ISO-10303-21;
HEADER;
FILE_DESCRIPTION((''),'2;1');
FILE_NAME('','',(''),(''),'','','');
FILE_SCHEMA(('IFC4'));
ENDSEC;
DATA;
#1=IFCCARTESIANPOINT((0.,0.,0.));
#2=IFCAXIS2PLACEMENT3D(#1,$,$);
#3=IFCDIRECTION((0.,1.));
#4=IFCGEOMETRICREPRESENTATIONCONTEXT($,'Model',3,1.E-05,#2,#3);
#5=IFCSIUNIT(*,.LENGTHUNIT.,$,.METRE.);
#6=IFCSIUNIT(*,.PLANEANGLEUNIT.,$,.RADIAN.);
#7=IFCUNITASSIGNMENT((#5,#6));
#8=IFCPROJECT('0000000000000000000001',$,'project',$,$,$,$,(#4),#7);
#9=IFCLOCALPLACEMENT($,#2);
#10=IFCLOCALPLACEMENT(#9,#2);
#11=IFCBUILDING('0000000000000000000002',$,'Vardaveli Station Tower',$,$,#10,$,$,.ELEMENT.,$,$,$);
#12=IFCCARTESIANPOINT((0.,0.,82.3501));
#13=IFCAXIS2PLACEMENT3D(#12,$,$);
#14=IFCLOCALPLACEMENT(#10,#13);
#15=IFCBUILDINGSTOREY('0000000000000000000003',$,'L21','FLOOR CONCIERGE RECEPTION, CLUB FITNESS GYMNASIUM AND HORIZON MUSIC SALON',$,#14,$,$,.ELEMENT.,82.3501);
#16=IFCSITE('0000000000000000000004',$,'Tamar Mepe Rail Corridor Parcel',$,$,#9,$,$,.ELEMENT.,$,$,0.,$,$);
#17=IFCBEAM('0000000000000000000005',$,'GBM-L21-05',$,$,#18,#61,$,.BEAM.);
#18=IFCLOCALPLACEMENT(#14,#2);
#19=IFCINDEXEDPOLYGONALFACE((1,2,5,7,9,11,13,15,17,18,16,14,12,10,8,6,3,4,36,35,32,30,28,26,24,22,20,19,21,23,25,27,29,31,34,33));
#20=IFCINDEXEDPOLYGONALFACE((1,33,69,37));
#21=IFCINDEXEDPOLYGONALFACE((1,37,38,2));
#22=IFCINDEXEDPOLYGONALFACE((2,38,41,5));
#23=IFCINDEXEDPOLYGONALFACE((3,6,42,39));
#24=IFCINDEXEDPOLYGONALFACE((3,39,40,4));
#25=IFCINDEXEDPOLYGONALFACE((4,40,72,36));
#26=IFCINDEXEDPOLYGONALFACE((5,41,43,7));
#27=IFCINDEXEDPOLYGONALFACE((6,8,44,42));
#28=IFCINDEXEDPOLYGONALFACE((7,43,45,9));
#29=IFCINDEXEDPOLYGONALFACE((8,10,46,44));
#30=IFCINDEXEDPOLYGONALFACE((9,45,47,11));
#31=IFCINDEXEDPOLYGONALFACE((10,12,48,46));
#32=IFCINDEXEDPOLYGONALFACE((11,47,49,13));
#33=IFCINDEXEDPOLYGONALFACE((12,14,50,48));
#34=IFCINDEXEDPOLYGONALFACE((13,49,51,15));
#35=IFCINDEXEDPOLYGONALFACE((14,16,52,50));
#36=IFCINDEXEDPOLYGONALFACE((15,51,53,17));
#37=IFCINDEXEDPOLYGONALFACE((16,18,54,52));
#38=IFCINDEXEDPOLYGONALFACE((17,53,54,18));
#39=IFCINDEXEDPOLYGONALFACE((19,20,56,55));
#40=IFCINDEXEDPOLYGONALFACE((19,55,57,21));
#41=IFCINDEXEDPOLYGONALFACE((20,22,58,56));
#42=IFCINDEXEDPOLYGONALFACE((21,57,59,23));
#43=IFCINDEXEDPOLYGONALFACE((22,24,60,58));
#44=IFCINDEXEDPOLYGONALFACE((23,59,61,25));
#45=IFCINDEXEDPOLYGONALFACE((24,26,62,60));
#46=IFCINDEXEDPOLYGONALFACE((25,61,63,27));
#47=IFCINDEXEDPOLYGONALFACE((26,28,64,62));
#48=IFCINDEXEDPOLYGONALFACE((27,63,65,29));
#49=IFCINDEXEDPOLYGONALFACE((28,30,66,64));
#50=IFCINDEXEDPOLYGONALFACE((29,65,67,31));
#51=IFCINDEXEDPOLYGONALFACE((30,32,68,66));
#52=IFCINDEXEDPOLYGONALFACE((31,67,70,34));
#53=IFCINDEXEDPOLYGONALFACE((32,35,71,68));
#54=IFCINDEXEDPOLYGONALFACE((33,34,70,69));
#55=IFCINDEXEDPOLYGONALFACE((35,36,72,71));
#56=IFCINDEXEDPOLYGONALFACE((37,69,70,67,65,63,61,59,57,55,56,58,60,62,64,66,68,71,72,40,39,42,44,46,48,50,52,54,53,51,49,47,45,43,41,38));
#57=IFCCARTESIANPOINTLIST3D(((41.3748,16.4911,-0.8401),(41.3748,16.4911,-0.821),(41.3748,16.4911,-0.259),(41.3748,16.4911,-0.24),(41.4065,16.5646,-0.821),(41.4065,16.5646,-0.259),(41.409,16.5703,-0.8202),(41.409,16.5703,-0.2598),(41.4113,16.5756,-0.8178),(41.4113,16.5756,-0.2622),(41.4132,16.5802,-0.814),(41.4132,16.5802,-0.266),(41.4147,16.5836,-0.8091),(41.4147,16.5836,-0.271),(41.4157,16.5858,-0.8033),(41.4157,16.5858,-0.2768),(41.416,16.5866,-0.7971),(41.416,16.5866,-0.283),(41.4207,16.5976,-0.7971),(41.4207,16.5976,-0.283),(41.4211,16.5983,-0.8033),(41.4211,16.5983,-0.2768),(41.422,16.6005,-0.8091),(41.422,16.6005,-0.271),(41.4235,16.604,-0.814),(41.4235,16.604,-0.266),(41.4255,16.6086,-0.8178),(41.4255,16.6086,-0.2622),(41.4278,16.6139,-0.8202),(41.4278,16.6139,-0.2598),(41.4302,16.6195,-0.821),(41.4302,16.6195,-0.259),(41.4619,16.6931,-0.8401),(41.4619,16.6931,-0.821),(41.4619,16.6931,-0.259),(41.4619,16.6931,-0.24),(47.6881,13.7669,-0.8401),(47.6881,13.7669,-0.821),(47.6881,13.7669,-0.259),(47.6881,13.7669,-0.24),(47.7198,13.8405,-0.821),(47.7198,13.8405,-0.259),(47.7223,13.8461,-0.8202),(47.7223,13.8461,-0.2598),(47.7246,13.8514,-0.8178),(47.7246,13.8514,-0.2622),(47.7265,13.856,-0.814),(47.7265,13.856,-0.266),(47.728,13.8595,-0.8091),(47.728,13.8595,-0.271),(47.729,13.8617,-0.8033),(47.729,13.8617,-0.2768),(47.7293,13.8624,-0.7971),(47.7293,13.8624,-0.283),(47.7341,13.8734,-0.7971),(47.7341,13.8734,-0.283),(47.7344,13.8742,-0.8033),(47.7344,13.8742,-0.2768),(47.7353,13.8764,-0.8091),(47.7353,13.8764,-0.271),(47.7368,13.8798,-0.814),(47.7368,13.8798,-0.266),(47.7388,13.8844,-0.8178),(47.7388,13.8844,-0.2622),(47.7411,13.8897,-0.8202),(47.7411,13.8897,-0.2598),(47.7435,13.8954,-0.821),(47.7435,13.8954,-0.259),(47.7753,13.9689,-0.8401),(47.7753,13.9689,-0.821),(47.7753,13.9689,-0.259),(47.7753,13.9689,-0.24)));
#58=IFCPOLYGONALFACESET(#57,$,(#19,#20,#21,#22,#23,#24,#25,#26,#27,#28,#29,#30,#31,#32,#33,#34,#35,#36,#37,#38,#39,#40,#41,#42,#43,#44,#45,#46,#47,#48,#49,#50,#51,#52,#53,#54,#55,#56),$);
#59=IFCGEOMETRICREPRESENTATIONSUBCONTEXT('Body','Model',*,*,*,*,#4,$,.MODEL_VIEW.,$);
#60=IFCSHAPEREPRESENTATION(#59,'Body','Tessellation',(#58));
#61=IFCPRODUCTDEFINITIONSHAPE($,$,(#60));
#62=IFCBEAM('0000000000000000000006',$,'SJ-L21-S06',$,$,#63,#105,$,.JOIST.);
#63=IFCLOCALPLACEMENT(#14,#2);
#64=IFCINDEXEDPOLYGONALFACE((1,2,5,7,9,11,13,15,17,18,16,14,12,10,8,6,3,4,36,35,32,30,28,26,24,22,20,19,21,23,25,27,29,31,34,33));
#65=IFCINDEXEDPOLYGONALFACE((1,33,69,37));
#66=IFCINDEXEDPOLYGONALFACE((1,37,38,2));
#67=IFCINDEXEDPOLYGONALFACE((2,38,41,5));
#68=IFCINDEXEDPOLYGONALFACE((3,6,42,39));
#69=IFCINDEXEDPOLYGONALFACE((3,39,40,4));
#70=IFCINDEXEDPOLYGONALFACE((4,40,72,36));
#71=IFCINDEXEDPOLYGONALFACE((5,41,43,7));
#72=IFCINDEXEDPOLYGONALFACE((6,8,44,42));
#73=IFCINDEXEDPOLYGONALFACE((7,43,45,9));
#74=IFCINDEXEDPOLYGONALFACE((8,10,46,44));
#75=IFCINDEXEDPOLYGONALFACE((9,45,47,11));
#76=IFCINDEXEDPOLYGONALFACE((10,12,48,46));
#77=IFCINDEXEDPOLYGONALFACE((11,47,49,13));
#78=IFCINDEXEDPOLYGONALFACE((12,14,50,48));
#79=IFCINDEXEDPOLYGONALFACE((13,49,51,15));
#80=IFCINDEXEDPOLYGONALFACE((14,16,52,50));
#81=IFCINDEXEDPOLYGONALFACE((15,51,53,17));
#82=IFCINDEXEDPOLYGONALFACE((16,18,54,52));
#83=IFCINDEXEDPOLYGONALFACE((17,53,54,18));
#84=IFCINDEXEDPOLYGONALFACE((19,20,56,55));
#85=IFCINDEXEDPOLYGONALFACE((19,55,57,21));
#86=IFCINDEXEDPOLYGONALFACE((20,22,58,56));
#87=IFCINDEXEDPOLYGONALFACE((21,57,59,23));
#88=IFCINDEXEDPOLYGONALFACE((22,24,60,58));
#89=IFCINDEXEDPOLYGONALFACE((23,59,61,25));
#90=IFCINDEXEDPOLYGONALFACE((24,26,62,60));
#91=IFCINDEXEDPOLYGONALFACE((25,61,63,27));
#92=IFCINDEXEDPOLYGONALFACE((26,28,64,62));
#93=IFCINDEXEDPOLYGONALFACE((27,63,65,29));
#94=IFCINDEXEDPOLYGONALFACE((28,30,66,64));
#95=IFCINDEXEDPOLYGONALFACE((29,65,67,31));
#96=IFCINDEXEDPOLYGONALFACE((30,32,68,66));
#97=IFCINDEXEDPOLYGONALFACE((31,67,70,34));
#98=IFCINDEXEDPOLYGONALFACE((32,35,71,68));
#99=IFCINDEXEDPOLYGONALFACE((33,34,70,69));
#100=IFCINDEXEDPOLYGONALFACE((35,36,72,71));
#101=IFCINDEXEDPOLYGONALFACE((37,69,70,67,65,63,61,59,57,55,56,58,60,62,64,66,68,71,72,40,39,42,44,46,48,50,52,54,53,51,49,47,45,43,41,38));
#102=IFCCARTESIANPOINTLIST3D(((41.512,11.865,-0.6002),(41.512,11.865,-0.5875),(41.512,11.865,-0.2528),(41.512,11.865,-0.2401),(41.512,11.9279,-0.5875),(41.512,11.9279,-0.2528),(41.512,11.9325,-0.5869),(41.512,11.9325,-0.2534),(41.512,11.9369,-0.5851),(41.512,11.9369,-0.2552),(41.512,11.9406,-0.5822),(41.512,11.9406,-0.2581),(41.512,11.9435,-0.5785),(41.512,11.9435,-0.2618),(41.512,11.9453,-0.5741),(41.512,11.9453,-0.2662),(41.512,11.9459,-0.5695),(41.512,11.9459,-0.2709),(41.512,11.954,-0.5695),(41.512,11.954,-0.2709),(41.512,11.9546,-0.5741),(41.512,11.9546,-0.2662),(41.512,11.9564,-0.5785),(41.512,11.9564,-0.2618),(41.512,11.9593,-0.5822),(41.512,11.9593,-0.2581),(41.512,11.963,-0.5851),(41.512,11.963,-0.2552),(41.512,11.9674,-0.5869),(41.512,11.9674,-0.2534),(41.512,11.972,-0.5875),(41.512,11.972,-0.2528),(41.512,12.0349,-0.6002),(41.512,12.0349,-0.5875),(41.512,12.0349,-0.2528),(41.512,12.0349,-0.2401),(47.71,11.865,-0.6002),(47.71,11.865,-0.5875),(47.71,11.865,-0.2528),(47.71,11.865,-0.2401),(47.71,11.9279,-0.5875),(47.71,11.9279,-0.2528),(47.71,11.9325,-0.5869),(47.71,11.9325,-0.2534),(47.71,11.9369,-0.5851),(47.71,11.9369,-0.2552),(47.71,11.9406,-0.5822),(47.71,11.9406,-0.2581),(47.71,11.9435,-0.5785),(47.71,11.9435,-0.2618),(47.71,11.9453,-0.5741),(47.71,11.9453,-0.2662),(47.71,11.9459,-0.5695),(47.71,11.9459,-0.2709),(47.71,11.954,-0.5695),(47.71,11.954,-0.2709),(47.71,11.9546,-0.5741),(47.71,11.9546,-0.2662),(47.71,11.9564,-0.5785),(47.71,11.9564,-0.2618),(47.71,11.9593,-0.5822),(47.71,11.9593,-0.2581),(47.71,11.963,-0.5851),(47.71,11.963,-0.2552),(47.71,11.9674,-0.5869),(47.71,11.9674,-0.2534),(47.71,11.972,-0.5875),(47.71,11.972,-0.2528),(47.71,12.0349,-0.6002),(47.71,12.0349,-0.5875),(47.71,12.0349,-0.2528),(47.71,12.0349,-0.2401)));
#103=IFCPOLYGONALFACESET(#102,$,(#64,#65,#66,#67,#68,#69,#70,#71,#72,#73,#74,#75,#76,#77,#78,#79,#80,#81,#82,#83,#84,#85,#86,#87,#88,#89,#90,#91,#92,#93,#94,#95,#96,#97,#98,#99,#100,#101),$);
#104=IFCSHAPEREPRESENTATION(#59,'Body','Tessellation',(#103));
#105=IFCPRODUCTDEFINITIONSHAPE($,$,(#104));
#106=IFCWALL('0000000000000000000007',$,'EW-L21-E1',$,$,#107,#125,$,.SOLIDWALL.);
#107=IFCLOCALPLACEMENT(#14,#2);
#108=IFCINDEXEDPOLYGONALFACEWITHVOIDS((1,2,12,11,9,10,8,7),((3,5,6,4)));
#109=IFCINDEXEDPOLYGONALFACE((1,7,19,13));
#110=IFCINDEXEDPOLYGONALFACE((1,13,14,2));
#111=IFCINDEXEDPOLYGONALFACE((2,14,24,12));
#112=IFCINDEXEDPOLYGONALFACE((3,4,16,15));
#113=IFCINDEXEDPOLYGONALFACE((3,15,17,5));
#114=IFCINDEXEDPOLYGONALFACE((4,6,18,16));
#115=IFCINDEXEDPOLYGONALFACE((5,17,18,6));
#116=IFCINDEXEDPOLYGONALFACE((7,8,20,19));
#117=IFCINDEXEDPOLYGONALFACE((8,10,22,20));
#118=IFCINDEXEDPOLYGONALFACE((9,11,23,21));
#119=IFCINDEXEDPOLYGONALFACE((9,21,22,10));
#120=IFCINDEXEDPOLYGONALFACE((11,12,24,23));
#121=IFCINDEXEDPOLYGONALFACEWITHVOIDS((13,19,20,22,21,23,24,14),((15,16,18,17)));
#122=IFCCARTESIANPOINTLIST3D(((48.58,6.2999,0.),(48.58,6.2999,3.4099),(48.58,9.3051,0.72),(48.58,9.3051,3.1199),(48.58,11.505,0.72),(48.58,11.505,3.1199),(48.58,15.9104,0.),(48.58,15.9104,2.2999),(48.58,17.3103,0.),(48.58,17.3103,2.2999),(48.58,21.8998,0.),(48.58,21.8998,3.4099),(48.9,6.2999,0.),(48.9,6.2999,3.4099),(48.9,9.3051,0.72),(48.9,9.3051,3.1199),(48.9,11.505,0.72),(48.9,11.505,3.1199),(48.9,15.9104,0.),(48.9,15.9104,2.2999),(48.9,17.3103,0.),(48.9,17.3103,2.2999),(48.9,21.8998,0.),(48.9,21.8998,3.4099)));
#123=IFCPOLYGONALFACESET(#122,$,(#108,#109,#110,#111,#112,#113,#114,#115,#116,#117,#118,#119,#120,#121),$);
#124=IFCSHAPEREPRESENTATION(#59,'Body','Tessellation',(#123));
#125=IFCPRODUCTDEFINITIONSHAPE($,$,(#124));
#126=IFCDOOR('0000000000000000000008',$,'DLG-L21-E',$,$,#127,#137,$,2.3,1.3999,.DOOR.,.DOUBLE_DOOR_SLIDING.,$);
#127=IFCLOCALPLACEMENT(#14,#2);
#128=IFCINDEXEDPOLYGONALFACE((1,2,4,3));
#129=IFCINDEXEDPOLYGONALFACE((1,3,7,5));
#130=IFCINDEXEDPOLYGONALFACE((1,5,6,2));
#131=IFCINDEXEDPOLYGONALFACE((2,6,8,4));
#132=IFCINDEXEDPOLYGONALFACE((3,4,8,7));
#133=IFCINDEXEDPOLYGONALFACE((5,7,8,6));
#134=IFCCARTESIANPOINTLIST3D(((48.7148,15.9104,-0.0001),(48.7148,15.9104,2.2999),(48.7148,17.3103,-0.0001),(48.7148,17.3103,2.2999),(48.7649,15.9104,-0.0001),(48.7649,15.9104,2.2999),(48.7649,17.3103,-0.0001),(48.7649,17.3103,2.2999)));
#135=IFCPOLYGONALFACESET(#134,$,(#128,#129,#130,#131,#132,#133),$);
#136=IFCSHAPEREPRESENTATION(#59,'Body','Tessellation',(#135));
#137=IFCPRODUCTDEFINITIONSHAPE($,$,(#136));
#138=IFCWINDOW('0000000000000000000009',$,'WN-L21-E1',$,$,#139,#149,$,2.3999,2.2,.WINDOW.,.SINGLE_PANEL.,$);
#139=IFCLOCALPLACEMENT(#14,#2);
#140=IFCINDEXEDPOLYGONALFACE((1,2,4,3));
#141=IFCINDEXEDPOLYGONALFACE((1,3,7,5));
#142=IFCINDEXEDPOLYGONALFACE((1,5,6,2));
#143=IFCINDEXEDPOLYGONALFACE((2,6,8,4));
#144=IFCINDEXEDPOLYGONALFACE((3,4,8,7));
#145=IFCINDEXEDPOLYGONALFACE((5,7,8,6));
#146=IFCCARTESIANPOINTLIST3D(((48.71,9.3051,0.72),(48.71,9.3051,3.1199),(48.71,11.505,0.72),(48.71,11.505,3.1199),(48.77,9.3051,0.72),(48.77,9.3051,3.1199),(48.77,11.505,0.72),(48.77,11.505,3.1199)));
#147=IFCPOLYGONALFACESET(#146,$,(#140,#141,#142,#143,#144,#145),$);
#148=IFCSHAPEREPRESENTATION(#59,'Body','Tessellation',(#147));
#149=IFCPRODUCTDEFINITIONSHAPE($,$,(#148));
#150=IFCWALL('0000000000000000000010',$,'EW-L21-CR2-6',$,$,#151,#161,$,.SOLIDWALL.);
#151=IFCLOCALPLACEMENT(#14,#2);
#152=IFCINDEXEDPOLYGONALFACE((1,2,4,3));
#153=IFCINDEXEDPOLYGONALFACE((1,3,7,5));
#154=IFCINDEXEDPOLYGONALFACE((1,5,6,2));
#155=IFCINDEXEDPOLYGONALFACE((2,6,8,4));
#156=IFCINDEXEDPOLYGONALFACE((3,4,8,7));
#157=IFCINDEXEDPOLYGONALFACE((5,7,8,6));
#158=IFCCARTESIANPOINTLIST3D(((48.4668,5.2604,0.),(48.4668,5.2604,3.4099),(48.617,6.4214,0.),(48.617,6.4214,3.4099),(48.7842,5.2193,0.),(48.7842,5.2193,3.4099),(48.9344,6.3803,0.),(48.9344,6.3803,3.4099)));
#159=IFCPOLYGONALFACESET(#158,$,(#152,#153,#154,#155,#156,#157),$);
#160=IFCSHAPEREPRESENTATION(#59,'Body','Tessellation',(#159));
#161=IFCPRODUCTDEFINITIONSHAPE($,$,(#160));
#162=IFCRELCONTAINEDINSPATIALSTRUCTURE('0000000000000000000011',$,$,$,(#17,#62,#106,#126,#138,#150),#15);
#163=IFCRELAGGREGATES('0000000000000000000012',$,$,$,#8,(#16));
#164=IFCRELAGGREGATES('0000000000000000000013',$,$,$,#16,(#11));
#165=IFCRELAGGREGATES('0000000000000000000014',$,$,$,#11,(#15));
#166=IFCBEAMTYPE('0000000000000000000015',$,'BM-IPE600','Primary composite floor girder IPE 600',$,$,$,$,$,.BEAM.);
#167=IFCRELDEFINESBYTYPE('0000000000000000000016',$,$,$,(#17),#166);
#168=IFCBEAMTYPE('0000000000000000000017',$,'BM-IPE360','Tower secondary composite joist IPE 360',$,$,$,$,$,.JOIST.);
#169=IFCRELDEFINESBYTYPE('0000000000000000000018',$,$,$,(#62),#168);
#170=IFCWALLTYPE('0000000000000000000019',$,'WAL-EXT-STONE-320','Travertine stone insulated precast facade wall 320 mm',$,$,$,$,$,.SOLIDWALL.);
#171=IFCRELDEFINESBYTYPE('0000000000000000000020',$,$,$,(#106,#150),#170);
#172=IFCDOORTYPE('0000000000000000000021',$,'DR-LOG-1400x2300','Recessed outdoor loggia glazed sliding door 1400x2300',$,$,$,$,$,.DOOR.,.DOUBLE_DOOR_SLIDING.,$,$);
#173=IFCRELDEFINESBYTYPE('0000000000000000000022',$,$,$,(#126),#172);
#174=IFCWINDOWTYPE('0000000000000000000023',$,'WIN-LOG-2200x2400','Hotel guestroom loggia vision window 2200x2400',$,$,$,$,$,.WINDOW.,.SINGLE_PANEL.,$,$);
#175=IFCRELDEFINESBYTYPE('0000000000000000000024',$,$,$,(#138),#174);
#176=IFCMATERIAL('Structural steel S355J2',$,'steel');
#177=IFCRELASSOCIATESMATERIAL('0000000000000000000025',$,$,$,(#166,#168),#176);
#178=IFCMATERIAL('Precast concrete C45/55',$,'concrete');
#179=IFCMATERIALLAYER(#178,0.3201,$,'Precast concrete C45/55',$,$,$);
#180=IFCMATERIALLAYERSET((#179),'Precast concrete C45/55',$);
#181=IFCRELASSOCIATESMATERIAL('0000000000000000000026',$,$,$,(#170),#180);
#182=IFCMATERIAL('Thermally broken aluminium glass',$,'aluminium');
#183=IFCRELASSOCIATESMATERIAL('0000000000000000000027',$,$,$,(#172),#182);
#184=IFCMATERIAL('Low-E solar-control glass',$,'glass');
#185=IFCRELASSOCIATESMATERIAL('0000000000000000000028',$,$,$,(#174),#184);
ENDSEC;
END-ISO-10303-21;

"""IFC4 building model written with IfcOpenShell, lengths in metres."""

from ifc_helpers import new_model, si_unit, direction, frame, frame_2d, origin, origin_2d, place, context, subcontext, project, spatial, rectangle, i_section, extrude, source, transform, mapped, material, layer, layer_set, material_profile, profile_set, type_object, element, fill, save


model = new_model("IFC4")

# Units and contexts
model_context = context("Model", 3, precision=1e-05, world=origin(), true_north=direction((0.0, 1.0)))
body_context = subcontext(model_context, "Body", "Model", "MODEL_VIEW")
ifc_project = project(units=[si_unit("LENGTHUNIT", "METRE"), si_unit("PLANEANGLEUNIT", "RADIAN")], contexts=[model_context])

# Site, building, storey
site_placement = place(None, origin())
site = spatial("IfcSite", under=ifc_project, at=site_placement, Name="Tamar Mepe Rail Corridor Parcel", CompositionType="ELEMENT", RefElevation=0.0)
building_placement = place(site_placement, origin())
building = spatial("IfcBuilding", under=site, at=building_placement, Name="Vardaveli Station Tower", CompositionType="ELEMENT")
storey_placement = place(building_placement, frame((0.0, 0.0, 82.3501)))
storey = spatial("IfcBuildingStorey", under=building, at=storey_placement, Name="L21", Description="FLOOR CONCIERGE RECEPTION, CLUB FITNESS GYMNASIUM AND HORIZON MUSIC SALON", CompositionType="ELEMENT", Elevation=82.3501)

# Beams
ifc_material_1 = material(Name="Precast concrete C45/55", Category="concrete")
ifc_material_2 = material(Name="Structural steel S355J2", Category="steel")
ifc_material_profile_1 = material_profile(ifc_material_2, i_section(OverallWidth=0.22, OverallDepth=0.6001, WebThickness=0.012, FlangeThickness=0.019, FilletRadius=0.0239, at=origin_2d()), Name="IPE 600")
ifc_profile_set_1 = profile_set([ifc_material_profile_1], Name="Structural steel S355J2")
beam_type_1 = type_object("IfcBeamType", Name="BM-IPE600", Description="Primary composite floor girder IPE 600", PredefinedType="BEAM", material=ifc_profile_set_1)
shared_shape_1 = source(origin(), body_context, "Body", "SweptSolid", [
    extrude(i_section(OverallWidth=0.22, OverallDepth=0.6001, WebThickness=0.012, FlangeThickness=0.019, FilletRadius=0.0239, at=origin_2d()), origin(), (0.0, 0.0, 1.0), 6.876),
])
beam_1_placement = place(storey_placement, frame((47.7317, 13.8679, -0.54), z_axis=(-0.918171, 0.396185, 0.0), x_axis=(-0.396185, -0.918171, 0.0)))
element("IfcBeam", 1, at=beam_1_placement, inside=storey, type_object=beam_type_1, Name="GBM-L21-05", PredefinedType="BEAM", context=body_context, shape_type="MappedRepresentation", body=[
    mapped(shared_shape_1, transform((0.0, 0.0, 0.0), scale=1.0)),
])
ifc_material_profile_2 = material_profile(ifc_material_2, i_section(OverallWidth=0.1699, OverallDepth=0.3601, WebThickness=0.0081, FlangeThickness=0.0127, FilletRadius=0.0181, at=origin_2d()), Name="IPE 360")
ifc_profile_set_2 = profile_set([ifc_material_profile_2], Name="Structural steel S355J2")
beam_type_2 = type_object("IfcBeamType", Name="BM-IPE360", Description="Tower secondary composite joist IPE 360", PredefinedType="JOIST", material=ifc_profile_set_2)
shared_shape_2 = source(origin(), body_context, "Body", "SweptSolid", [
    extrude(i_section(OverallWidth=0.1699, OverallDepth=0.3601, WebThickness=0.0081, FlangeThickness=0.0127, FilletRadius=0.0181, at=origin_2d()), origin(), (0.0, 0.0, 1.0), 6.198),
])
beam_2_placement = place(storey_placement, frame((41.512, 11.95, -0.4202), z_axis=(1.0, 0.0, 0.0), x_axis=(0.0, 1.0, 0.0)))
element("IfcBeam", 2, at=beam_2_placement, inside=storey, type_object=beam_type_2, Name="SJ-L21-S06", PredefinedType="JOIST", context=body_context, shape_type="MappedRepresentation", body=[
    mapped(shared_shape_2, transform((0.0, 0.0, 0.0), scale=1.0)),
])

# Wall, openings, door, window
ifc_layer_1 = layer(ifc_material_1, 0.3201, Name="Precast concrete C45/55")
ifc_layer_set_1 = layer_set([ifc_layer_1], Name="Precast concrete C45/55")
wall_type_1 = type_object("IfcWallType", Name="WAL-EXT-STONE-320", Description="Travertine stone insulated precast facade wall 320 mm", PredefinedType="SOLIDWALL", material=ifc_layer_set_1)
shared_shape_3 = source(origin(), body_context, "Body", "SweptSolid", [
    extrude(rectangle(XDim=15.5999, YDim=0.3201, at=frame_2d((7.7998, 0.0))), origin(), (0.0, 0.0, 1.0), 3.4099),
])
wall_1_placement = place(storey_placement, frame((48.74, 6.3, 0.0), z_axis=(0.0, 0.0, 1.0), x_axis=(0.0, 1.0, 0.0)))
wall_1 = element("IfcWall", 3, at=wall_1_placement, inside=storey, type_object=wall_type_1, Name="EW-L21-E1", PredefinedType="SOLIDWALL", context=body_context, shape_type="MappedRepresentation", body=[
    mapped(shared_shape_3, transform((0.0, 0.0, 0.0), scale=1.0)),
])
shared_shape_4 = source(origin(), body_context, "Body", "SweptSolid", [
    extrude(rectangle(XDim=1.3999, YDim=2.3, at=frame_2d((0.7, 1.1499))), frame((0.0, 0.1699, 0.0), z_axis=(0.0, -1.0, 0.0), x_axis=(1.0, 0.0, 0.0)), (0.0, 0.0, 1.0), 0.3401),
])
opening_1_placement = place(wall_1_placement, frame((9.6104, 0.0, 0.0)))
opening_1 = element("IfcOpeningElement", 4, at=opening_1_placement, cuts=wall_1, PredefinedType="OPENING", context=body_context, shape_type="MappedRepresentation", body=[
    mapped(shared_shape_4, transform((0.0, 0.0, 0.0), scale=1.0)),
])
shared_shape_5 = source(origin(), body_context, "Body", "SweptSolid", [
    extrude(rectangle(XDim=2.2, YDim=2.3999, at=frame_2d((1.1001, 1.2))), frame((0.0, 0.1699, 0.0), z_axis=(0.0, -1.0, 0.0), x_axis=(1.0, 0.0, 0.0)), (0.0, 0.0, 1.0), 0.3401),
])
opening_2_placement = place(wall_1_placement, frame((3.0049, 0.0, 0.72)))
opening_2 = element("IfcOpeningElement", 5, at=opening_2_placement, cuts=wall_1, PredefinedType="OPENING", context=body_context, shape_type="MappedRepresentation", body=[
    mapped(shared_shape_5, transform((0.0, 0.0, 0.0), scale=1.0)),
])
ifc_material_3 = material(Name="Thermally broken aluminium glass", Category="aluminium")
door_type_1 = type_object("IfcDoorType", Name="DR-LOG-1400x2300", Description="Recessed outdoor loggia glazed sliding door 1400x2300", OperationType="DOUBLE_DOOR_SLIDING", PredefinedType="DOOR", material=ifc_material_3)
shared_shape_6 = source(origin(), body_context, "Body", "SweptSolid", [
    extrude(rectangle(XDim=1.3999, YDim=2.3, at=frame_2d((0.7, 1.1499))), frame((0.0, 0.0249, 0.0), z_axis=(0.0, -1.0, 0.0), x_axis=(1.0, 0.0, 0.0)), (0.0, 0.0, 1.0), 0.05),
])
door_1_placement = place(opening_1_placement, frame((1.3999, 0.0, 0.0), z_axis=(0.0, 0.0, 1.0), x_axis=(-1.0, 0.0, 0.0)))
door_1 = element("IfcDoor", 6, at=door_1_placement, inside=storey, type_object=door_type_1, Name="DLG-L21-E", OperationType="DOUBLE_DOOR_SLIDING", OverallHeight=2.3, OverallWidth=1.3999, PredefinedType="DOOR", context=body_context, shape_type="MappedRepresentation", body=[
    mapped(shared_shape_6, transform((0.0, 0.0, 0.0), scale=1.0)),
])
fill(opening_1, door_1)
ifc_material_4 = material(Name="Low-E solar-control glass", Category="glass")
window_type = type_object("IfcWindowType", Name="WIN-LOG-2200x2400", Description="Hotel guestroom loggia vision window 2200x2400", PartitioningType="SINGLE_PANEL", PredefinedType="WINDOW", material=ifc_material_4)
shared_shape_7 = source(origin(), body_context, "Body", "SweptSolid", [
    extrude(rectangle(XDim=2.2, YDim=2.3999, at=frame_2d((1.1001, 1.2))), frame((0.0, 0.03, 0.0), z_axis=(0.0, -1.0, 0.0), x_axis=(1.0, 0.0, 0.0)), (0.0, 0.0, 1.0), 0.0601),
])
window_placement = place(opening_2_placement, origin())
window = element("IfcWindow", 7, at=window_placement, inside=storey, type_object=window_type, Name="WN-L21-E1", OverallHeight=2.3999, OverallWidth=2.2, PartitioningType="SINGLE_PANEL", PredefinedType="WINDOW", context=body_context, shape_type="MappedRepresentation", body=[
    mapped(shared_shape_7, transform((0.0, 0.0, 0.0), scale=1.0)),
])
fill(opening_2, window)

# Wall
shared_shape_8 = source(origin(), body_context, "Body", "SweptSolid", [
    extrude(rectangle(XDim=1.1707, YDim=0.3201, at=frame_2d((0.5854, 0.0))), origin(), (0.0, 0.0, 1.0), 3.4099),
])
wall_2_placement = place(storey_placement, frame((48.6255, 5.2397, 0.0), z_axis=(0.0, 0.0, 1.0), x_axis=(0.128269, 0.991739, 0.0)))
element("IfcWall", 8, at=wall_2_placement, inside=storey, type_object=wall_type_1, Name="EW-L21-CR2-6", PredefinedType="SOLIDWALL", context=body_context, shape_type="MappedRepresentation", body=[
    mapped(shared_shape_8, transform((0.0, 0.0, 0.0), scale=1.0)),
])

save(model, "model.ifc")
